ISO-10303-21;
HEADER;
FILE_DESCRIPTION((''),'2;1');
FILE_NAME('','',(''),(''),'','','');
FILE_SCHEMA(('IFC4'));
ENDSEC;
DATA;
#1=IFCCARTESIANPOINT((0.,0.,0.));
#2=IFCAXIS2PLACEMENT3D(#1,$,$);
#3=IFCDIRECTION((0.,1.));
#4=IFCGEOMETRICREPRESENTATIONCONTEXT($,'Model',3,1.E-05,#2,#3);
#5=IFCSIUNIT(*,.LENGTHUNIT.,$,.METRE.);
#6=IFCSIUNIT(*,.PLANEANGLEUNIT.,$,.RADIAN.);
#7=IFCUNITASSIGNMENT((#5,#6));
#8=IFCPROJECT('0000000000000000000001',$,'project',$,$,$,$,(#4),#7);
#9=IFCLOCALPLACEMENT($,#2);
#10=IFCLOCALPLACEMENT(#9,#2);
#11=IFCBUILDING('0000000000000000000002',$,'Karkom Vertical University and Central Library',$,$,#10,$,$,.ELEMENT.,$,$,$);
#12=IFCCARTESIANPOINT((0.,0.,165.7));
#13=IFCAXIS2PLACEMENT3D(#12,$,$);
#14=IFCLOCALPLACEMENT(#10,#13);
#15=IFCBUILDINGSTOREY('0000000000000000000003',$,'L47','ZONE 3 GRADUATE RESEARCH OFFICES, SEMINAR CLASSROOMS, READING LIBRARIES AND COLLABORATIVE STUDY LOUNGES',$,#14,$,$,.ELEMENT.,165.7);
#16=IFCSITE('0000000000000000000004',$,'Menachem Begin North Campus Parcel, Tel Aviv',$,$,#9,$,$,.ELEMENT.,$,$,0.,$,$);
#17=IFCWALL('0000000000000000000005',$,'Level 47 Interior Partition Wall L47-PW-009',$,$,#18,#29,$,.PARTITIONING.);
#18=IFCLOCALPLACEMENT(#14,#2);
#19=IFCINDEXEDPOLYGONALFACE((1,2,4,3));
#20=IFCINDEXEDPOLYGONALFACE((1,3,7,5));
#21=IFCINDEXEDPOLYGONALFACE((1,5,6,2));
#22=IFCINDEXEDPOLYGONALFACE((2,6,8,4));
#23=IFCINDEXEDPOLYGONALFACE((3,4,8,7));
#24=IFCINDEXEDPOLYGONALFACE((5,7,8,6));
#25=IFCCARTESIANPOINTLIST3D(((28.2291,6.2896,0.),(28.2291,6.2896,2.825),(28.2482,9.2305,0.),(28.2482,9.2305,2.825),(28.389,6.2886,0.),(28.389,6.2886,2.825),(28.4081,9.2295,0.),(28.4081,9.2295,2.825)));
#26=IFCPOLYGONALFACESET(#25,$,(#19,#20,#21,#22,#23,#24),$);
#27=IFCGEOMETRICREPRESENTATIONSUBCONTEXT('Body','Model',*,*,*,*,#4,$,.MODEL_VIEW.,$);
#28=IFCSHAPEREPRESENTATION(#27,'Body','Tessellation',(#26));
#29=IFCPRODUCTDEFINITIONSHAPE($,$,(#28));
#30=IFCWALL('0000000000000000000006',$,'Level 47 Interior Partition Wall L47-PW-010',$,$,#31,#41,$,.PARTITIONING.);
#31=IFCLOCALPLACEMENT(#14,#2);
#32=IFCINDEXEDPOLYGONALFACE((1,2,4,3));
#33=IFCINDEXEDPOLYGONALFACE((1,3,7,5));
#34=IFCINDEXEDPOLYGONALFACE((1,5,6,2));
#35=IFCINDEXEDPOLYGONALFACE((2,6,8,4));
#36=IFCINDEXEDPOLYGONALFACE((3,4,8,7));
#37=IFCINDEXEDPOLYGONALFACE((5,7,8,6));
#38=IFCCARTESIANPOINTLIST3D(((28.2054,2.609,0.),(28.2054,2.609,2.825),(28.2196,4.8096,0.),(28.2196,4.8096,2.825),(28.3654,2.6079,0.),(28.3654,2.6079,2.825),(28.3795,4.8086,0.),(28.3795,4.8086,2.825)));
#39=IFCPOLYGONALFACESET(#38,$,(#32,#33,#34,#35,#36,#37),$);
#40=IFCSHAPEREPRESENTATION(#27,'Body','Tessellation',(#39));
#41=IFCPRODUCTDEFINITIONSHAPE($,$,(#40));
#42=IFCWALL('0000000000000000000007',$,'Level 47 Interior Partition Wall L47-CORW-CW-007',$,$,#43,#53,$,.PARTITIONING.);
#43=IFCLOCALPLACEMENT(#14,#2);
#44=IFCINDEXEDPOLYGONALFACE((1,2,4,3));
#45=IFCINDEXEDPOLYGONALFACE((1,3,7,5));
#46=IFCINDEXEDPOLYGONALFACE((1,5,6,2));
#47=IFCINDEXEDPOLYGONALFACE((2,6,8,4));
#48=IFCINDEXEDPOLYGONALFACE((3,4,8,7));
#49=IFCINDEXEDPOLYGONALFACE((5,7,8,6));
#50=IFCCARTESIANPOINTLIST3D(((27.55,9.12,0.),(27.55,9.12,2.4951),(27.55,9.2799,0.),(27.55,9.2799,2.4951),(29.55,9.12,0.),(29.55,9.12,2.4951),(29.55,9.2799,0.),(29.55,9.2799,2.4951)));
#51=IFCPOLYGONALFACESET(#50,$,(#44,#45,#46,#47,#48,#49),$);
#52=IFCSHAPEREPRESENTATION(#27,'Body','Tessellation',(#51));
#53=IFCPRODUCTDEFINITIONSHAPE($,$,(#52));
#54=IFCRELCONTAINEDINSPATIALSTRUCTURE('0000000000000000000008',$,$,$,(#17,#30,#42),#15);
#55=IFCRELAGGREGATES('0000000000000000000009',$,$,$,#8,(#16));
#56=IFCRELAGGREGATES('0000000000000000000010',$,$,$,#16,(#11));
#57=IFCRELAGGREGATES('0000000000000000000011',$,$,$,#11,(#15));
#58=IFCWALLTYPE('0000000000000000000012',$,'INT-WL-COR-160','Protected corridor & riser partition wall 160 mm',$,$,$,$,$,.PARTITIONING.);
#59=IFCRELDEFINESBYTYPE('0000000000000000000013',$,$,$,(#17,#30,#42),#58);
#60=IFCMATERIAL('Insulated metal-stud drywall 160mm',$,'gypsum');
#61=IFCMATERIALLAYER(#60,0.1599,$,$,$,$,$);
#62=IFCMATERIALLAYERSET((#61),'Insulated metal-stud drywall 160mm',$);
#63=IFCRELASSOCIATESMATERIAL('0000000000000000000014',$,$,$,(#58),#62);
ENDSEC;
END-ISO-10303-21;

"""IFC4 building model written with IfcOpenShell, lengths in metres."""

from ifc_helpers import new_model, si_unit, direction, frame, frame_2d, origin, place, context, subcontext, project, spatial, rectangle, extrude, material, layer, layer_set, type_object, element, save


model = new_model("IFC4")

# Units and contexts
model_context = context("Model", 3, precision=1e-05, world=origin(), true_north=direction((0.0, 1.0)))
body_context = subcontext(model_context, "Body", "Model", "MODEL_VIEW")
ifc_project = project(units=[si_unit("LENGTHUNIT", "METRE"), si_unit("PLANEANGLEUNIT", "RADIAN")], contexts=[model_context])

# Site, building, storey
site_placement = place(None, origin())
site = spatial("IfcSite", under=ifc_project, at=site_placement, Name="Menachem Begin North Campus Parcel, Tel Aviv", CompositionType="ELEMENT", RefElevation=0.0)
building_placement = place(site_placement, origin())
building = spatial("IfcBuilding", under=site, at=building_placement, Name="Karkom Vertical University and Central Library", CompositionType="ELEMENT")
storey_placement = place(building_placement, frame((0.0, 0.0, 165.7)))
storey = spatial("IfcBuildingStorey", under=building, at=storey_placement, Name="L47", Description="ZONE 3 GRADUATE RESEARCH OFFICES, SEMINAR CLASSROOMS, READING LIBRARIES AND COLLABORATIVE STUDY LOUNGES", CompositionType="ELEMENT", Elevation=165.7)

# Shared definitions
ifc_material_1 = material(Name="Insulated metal-stud drywall 160mm", Category="gypsum")
ifc_layer_1 = layer(ifc_material_1, 0.1599)
ifc_layer_set_1 = layer_set([ifc_layer_1], Name="Insulated metal-stud drywall 160mm")
wall_type_1 = type_object("IfcWallType", Name="INT-WL-COR-160", Description="Protected corridor & riser partition wall 160 mm", PredefinedType="PARTITIONING", material=ifc_layer_set_1)

# Walls
wall_1_placement = place(storey_placement, frame((28.3281, 9.23, 0.0), z_axis=(0.0, 0.0, 1.0), x_axis=(-0.006475, -0.999979, 0.0)))
element("IfcWall", 1, at=wall_1_placement, inside=storey, type_object=wall_type_1, Name="Level 47 Interior Partition Wall L47-PW-009", PredefinedType="PARTITIONING", context=body_context, shape_type="SweptSolid", body=[
    extrude(rectangle(XDim=2.9409, YDim=0.1599, at=frame_2d((1.4705, 0.0))), origin(), (0.0, 0.0, 1.0), 2.825),
])
wall_2_placement = place(storey_placement, frame((28.2996, 4.8091, 0.0), z_axis=(0.0, 0.0, 1.0), x_axis=(-0.006434, -0.999979, 0.0)))
element("IfcWall", 2, at=wall_2_placement, inside=storey, type_object=wall_type_1, Name="Level 47 Interior Partition Wall L47-PW-010", PredefinedType="PARTITIONING", context=body_context, shape_type="SweptSolid", body=[
    extrude(rectangle(XDim=2.2007, YDim=0.1599, at=frame_2d((1.1003, 0.0))), origin(), (0.0, 0.0, 1.0), 2.825),
])
wall_3_placement = place(storey_placement, frame((29.55, 9.2, 0.0), z_axis=(0.0, 0.0, 1.0), x_axis=(-1.0, 0.0, 0.0)))
element("IfcWall", 3, at=wall_3_placement, inside=storey, type_object=wall_type_1, Name="Level 47 Interior Partition Wall L47-CORW-CW-007", PredefinedType="PARTITIONING", context=body_context, shape_type="SweptSolid", body=[
    extrude(rectangle(XDim=2.0, YDim=0.1599, at=frame_2d((1.0, 0.0))), origin(), (0.0, 0.0, 1.0), 2.4951),
])

save(model, "model.ifc")
